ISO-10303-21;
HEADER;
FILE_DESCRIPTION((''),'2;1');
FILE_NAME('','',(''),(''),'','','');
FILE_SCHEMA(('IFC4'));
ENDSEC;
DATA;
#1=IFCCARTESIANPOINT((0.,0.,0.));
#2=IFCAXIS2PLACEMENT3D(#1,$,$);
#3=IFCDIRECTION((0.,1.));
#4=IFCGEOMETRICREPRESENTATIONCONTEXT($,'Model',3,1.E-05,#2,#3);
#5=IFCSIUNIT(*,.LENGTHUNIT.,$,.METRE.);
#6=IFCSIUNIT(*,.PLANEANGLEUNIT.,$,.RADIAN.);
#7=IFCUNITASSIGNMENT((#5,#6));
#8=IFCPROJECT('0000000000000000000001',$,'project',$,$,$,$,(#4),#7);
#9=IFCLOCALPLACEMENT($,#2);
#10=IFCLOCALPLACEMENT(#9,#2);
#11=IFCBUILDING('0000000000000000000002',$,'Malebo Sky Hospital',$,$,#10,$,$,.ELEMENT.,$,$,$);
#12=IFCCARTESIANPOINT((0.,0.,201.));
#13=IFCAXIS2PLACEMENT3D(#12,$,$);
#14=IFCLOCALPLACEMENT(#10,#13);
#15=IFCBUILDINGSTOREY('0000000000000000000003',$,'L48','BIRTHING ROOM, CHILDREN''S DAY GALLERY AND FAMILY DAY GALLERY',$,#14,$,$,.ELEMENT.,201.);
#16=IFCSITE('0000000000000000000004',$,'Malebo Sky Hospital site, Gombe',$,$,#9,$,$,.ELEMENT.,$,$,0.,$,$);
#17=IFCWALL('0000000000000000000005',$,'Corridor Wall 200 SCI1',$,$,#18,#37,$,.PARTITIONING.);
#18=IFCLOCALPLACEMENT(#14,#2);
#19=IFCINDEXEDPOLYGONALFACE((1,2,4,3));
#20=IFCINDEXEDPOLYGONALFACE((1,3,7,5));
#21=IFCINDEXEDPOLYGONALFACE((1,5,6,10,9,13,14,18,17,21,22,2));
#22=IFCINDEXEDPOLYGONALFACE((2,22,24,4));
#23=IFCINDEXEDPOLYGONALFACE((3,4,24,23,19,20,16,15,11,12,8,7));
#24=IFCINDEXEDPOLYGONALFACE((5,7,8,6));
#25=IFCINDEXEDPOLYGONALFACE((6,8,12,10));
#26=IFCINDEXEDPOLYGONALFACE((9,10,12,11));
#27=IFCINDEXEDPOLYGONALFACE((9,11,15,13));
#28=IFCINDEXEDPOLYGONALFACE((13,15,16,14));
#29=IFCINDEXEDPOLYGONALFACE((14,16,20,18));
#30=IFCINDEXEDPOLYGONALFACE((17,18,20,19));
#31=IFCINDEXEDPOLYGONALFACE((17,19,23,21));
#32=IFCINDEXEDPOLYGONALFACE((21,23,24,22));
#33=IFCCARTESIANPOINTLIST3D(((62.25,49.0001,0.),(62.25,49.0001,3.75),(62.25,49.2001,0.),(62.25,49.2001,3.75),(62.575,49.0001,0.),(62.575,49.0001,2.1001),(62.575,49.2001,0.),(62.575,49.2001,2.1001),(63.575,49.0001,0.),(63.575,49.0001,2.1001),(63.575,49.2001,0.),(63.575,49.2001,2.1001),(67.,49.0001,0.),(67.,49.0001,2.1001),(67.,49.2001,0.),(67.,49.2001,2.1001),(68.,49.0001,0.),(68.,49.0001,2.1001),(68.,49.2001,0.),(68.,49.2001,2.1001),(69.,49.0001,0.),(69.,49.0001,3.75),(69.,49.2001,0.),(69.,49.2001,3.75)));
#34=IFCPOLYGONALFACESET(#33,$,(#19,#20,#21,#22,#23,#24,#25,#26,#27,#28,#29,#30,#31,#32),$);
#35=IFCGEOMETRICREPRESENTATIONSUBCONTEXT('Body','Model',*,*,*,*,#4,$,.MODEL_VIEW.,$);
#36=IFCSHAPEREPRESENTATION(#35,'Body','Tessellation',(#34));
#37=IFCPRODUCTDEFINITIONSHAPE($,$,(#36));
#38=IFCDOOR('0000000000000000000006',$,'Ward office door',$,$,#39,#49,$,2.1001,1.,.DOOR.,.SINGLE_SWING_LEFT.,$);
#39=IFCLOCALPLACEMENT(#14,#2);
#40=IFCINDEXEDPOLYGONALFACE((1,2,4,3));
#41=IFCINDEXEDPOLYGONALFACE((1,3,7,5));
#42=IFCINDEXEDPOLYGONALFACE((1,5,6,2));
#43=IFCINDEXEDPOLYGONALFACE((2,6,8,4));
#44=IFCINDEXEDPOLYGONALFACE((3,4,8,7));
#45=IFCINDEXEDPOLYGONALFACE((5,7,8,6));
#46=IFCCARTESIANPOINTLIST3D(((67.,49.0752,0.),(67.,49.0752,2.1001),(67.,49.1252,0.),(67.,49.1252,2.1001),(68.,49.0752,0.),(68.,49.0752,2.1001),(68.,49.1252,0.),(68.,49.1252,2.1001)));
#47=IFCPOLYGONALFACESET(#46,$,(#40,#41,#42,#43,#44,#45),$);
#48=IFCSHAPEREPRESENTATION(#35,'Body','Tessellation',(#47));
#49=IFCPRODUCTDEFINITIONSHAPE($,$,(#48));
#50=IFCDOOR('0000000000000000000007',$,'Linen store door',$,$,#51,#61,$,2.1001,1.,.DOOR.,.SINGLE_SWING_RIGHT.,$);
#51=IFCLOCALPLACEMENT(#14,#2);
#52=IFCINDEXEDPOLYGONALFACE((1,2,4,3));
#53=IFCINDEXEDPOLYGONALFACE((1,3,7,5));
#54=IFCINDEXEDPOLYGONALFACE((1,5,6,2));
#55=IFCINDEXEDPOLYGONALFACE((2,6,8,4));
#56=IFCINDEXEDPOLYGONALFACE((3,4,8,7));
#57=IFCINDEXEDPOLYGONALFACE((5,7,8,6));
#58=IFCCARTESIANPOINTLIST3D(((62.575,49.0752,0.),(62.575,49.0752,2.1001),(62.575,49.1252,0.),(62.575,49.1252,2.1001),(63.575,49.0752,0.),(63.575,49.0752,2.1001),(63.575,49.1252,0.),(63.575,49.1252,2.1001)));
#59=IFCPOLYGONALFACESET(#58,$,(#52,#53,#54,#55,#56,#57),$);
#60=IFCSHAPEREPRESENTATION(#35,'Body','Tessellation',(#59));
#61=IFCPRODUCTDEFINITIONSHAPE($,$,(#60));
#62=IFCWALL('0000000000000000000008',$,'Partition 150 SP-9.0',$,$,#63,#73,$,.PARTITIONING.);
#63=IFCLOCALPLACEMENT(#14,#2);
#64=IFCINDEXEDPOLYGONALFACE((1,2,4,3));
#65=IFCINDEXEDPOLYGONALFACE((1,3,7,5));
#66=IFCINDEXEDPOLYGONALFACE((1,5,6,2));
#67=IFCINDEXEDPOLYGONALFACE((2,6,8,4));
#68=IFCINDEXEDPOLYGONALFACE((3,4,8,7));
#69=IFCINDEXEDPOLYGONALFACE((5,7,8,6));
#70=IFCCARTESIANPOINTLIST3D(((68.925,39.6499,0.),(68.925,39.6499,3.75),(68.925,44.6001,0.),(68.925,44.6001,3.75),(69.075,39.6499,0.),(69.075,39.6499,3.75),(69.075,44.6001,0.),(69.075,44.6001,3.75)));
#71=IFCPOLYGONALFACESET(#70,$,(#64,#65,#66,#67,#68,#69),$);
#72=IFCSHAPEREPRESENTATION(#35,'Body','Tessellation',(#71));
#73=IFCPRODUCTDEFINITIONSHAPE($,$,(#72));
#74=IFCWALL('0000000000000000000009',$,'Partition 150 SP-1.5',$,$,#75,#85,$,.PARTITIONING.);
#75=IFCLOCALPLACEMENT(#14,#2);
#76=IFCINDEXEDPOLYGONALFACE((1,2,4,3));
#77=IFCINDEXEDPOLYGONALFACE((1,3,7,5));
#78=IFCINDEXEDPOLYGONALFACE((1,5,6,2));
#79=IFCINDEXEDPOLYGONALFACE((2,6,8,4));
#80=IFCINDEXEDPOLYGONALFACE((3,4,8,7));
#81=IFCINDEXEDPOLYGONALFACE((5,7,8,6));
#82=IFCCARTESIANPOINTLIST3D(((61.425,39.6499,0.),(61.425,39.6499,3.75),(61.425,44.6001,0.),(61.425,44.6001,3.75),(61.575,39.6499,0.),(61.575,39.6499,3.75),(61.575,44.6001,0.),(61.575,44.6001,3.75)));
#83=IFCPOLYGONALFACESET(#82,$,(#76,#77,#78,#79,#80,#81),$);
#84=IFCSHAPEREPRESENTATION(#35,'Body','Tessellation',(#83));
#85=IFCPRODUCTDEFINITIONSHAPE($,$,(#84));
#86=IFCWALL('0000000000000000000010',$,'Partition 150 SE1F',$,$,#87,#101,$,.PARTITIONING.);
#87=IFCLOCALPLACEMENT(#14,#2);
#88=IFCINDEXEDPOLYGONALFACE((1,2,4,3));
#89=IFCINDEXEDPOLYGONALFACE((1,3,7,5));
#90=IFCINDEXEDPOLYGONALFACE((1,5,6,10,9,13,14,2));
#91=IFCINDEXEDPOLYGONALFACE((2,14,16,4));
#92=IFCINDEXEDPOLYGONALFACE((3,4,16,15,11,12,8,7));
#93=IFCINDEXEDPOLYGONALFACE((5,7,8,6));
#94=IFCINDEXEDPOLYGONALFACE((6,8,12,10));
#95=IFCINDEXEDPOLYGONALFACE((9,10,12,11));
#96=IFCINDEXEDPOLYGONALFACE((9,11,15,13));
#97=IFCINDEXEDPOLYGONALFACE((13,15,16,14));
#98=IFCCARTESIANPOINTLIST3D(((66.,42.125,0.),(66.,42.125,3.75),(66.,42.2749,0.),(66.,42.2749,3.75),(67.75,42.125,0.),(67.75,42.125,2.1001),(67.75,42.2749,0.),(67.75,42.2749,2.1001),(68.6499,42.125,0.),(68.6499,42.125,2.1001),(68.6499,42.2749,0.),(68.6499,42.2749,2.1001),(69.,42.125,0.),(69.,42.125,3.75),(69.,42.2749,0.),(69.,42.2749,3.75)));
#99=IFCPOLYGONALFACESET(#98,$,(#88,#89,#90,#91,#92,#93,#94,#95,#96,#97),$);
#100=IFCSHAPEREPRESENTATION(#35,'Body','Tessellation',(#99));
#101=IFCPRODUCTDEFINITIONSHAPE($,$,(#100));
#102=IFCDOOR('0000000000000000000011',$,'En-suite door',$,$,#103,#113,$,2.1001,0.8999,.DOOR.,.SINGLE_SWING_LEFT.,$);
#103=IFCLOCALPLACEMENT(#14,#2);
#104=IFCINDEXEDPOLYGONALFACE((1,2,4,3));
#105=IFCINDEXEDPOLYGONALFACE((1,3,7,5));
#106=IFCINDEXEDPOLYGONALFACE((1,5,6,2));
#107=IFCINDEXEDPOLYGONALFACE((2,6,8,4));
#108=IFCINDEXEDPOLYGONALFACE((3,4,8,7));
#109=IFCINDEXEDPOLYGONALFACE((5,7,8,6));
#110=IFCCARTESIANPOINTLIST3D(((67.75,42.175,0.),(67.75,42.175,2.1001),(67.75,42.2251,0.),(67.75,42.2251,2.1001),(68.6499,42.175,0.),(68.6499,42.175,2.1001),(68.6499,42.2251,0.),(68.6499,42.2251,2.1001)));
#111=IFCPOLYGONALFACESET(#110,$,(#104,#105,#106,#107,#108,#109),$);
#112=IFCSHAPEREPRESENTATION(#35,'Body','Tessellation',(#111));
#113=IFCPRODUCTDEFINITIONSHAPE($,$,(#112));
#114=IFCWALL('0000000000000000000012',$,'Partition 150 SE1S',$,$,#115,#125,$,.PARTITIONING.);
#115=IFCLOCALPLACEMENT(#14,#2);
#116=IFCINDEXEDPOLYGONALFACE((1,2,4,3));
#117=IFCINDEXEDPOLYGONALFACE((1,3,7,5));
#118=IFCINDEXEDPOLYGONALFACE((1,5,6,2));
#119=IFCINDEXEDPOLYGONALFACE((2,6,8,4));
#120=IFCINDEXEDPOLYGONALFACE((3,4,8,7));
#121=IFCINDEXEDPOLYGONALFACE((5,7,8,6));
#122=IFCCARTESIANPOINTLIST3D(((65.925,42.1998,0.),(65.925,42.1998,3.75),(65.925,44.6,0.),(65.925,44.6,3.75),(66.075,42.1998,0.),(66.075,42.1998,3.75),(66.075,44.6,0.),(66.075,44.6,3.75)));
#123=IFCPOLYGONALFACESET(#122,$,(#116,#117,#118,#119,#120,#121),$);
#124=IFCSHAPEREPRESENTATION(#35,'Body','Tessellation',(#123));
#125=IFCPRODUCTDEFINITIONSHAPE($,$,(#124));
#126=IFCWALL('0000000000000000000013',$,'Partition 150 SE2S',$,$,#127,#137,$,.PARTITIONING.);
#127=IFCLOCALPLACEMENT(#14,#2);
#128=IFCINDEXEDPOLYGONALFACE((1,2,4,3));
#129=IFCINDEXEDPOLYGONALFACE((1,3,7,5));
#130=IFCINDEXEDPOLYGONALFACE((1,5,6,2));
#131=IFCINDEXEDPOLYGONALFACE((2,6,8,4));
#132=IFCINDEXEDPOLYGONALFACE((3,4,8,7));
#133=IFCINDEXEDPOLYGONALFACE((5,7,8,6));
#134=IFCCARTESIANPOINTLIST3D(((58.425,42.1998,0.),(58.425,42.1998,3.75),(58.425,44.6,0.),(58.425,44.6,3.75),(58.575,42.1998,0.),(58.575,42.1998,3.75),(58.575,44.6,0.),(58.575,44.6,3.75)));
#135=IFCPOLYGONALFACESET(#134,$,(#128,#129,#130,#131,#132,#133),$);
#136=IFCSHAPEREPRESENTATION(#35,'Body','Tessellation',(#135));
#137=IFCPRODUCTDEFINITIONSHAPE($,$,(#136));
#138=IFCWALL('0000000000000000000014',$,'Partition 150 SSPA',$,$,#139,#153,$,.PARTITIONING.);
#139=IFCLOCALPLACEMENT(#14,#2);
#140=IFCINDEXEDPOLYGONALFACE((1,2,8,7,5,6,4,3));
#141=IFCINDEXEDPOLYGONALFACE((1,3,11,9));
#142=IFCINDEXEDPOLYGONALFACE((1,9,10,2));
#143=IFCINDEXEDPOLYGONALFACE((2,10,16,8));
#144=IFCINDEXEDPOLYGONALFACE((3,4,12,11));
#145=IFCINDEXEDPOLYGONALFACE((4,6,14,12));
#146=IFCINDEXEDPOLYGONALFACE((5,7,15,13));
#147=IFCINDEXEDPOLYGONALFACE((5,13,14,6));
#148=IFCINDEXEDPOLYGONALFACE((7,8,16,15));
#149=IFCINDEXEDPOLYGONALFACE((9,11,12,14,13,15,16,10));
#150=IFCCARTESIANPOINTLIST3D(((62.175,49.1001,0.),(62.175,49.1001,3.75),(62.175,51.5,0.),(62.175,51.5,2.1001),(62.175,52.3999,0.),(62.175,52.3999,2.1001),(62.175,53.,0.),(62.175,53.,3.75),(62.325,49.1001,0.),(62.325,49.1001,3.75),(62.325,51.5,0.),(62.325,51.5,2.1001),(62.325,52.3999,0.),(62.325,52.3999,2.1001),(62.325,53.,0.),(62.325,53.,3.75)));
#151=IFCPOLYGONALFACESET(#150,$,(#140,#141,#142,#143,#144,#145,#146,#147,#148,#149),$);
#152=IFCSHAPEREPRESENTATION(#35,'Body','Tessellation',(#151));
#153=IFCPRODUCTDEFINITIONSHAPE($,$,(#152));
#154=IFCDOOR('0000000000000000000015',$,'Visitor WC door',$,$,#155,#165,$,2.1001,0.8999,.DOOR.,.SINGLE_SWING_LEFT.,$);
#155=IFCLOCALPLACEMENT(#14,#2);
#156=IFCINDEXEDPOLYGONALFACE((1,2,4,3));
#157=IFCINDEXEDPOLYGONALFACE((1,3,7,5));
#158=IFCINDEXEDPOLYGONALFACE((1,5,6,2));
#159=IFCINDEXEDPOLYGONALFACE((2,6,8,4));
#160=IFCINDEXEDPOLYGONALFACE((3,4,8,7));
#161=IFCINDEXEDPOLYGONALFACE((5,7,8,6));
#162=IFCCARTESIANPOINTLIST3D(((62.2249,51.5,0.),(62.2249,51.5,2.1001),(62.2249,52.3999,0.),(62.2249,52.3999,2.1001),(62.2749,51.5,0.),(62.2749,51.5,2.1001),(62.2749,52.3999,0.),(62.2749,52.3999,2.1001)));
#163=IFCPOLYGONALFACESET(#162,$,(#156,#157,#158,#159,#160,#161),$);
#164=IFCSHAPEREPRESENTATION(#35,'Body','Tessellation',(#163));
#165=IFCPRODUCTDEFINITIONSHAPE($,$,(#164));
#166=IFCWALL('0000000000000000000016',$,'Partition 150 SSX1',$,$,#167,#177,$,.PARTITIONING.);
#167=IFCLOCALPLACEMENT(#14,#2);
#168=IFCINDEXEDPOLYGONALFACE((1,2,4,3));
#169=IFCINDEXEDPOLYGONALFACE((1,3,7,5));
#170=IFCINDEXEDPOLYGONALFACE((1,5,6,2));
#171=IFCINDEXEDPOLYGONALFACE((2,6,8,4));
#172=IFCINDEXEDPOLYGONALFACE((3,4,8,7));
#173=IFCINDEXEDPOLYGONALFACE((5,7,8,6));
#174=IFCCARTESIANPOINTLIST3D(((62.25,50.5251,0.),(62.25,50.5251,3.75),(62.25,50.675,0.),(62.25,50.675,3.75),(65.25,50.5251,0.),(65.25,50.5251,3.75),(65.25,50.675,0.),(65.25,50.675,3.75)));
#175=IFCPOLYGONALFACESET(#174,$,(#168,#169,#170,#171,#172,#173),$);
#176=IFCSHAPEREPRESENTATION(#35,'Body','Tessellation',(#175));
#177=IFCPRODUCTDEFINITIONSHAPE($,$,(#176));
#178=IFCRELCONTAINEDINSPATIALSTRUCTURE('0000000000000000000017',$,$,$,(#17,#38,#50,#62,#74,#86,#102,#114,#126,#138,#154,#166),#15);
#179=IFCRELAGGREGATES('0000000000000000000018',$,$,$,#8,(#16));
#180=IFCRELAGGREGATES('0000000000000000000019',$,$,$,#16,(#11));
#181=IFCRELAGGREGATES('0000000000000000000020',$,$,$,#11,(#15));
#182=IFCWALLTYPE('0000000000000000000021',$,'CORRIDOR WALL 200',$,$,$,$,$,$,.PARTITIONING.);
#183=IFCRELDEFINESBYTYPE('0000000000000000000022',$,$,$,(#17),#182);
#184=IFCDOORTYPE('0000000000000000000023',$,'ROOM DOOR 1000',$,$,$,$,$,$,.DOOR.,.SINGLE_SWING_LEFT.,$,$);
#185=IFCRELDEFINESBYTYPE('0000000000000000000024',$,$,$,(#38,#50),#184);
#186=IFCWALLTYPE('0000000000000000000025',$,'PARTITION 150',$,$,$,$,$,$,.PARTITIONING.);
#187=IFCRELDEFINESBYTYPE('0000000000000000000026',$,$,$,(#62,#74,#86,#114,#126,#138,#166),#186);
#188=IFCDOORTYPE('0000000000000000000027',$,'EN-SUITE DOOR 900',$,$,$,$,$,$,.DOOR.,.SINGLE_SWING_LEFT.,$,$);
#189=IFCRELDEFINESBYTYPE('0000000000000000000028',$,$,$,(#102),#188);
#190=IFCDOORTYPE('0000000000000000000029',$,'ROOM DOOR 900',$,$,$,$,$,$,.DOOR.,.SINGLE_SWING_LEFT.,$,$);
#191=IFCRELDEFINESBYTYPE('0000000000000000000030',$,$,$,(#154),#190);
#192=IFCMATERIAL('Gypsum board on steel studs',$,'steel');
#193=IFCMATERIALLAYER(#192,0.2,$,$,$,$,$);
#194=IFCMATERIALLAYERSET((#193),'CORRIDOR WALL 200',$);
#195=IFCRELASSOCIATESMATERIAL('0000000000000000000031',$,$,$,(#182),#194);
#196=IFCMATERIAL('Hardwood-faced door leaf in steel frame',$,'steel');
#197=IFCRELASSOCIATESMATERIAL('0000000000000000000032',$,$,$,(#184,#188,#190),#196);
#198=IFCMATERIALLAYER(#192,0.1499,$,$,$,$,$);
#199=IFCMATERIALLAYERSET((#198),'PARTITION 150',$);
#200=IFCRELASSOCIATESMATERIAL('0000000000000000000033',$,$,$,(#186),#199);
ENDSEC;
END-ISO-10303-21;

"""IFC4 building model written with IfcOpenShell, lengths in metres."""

from ifc_helpers import new_model, si_unit, direction, frame, frame_2d, origin, place, context, subcontext, project, spatial, rectangle, extrude, material, layer, layer_set, type_object, element, fill, save


model = new_model("IFC4")

# Units and contexts
model_context = context("Model", 3, precision=1e-05, world=origin(), true_north=direction((0.0, 1.0)))
body_context = subcontext(model_context, "Body", "Model", "MODEL_VIEW")
ifc_project = project(units=[si_unit("LENGTHUNIT", "METRE"), si_unit("PLANEANGLEUNIT", "RADIAN")], contexts=[model_context])

# Site, building, storey
site_placement = place(None, origin())
site = spatial("IfcSite", under=ifc_project, at=site_placement, Name="Malebo Sky Hospital site, Gombe", CompositionType="ELEMENT", RefElevation=0.0)
building_placement = place(site_placement, origin())
building = spatial("IfcBuilding", under=site, at=building_placement, Name="Malebo Sky Hospital", CompositionType="ELEMENT")
storey_placement = place(building_placement, frame((0.0, 0.0, 201.0)))
storey = spatial("IfcBuildingStorey", under=building, at=storey_placement, Name="L48", Description="BIRTHING ROOM, CHILDREN'S DAY GALLERY AND FAMILY DAY GALLERY", CompositionType="ELEMENT", Elevation=201.0)

# Wall, openings, doors
ifc_material_1 = material(Name="Gypsum board on steel studs", Category="steel")
ifc_layer_1 = layer(ifc_material_1, 0.2)
ifc_layer_set_1 = layer_set([ifc_layer_1], Name="CORRIDOR WALL 200")
wall_type_1 = type_object("IfcWallType", Name="CORRIDOR WALL 200", PredefinedType="PARTITIONING", material=ifc_layer_set_1)
ifc_material_2 = material(Name="Hardwood-faced door leaf in steel frame", Category="steel")
wall_1_placement = place(storey_placement, frame((69.0, 49.1001, 0.0), z_axis=(0.0, 0.0, 1.0), x_axis=(-1.0, 0.0, 0.0)))
wall_1 = element("IfcWall", 1, at=wall_1_placement, inside=storey, type_object=wall_type_1, Name="Corridor Wall 200 SCI1", PredefinedType="PARTITIONING", context=body_context, shape_type="SweptSolid", body=[
    extrude(rectangle(XDim=6.75, YDim=0.2, at=frame_2d((3.375, 0.0))), origin(), (0.0, 0.0, 1.0), 3.75),
])
opening_1_placement = place(wall_1_placement, frame((1.0, 0.0, 0.0)))
opening_1 = element("IfcOpeningElement", 2, at=opening_1_placement, cuts=wall_1, PredefinedType="OPENING", context=body_context, shape_type="SweptSolid", body=[
    extrude(rectangle(XDim=1.0, YDim=2.1001, at=frame_2d((0.5, 1.05))), frame((0.0, 0.1099, 0.0), z_axis=(0.0, -1.0, 0.0), x_axis=(1.0, 0.0, 0.0)), (0.0, 0.0, 1.0), 0.22),
])
opening_2_placement = place(wall_1_placement, frame((5.425, 0.0, 0.0)))
opening_2 = element("IfcOpeningElement", 3, at=opening_2_placement, cuts=wall_1, PredefinedType="OPENING", context=body_context, shape_type="SweptSolid", body=[
    extrude(rectangle(XDim=1.0, YDim=2.1001, at=frame_2d((0.5, 1.05))), frame((0.0, 0.1099, 0.0), z_axis=(0.0, -1.0, 0.0), x_axis=(1.0, 0.0, 0.0)), (0.0, 0.0, 1.0), 0.22),
])
door_type_1 = type_object("IfcDoorType", Name="ROOM DOOR 1000", OperationType="SINGLE_SWING_LEFT", PredefinedType="DOOR", material=ifc_material_2)
door_1_placement = place(opening_1_placement, origin())
door_1 = element("IfcDoor", 4, at=door_1_placement, inside=storey, type_object=door_type_1, Name="Ward office door", OperationType="SINGLE_SWING_LEFT", OverallHeight=2.1001, OverallWidth=1.0, PredefinedType="DOOR", context=body_context, shape_type="SweptSolid", body=[
    extrude(rectangle(XDim=1.0, YDim=2.1001, at=frame_2d((0.5, 1.05))), frame((0.0, 0.0249, 0.0), z_axis=(0.0, -1.0, 0.0), x_axis=(1.0, 0.0, 0.0)), (0.0, 0.0, 1.0), 0.05),
])
fill(opening_1, door_1)
door_2_placement = place(opening_2_placement, origin())
door_2 = element("IfcDoor", 5, at=door_2_placement, inside=storey, type_object=door_type_1, Name="Linen store door", OperationType="SINGLE_SWING_RIGHT", OverallHeight=2.1001, OverallWidth=1.0, PredefinedType="DOOR", context=body_context, shape_type="SweptSolid", body=[
    extrude(rectangle(XDim=1.0, YDim=2.1001, at=frame_2d((0.5, 1.05))), frame((0.0, 0.0249, 0.0), z_axis=(0.0, -1.0, 0.0), x_axis=(1.0, 0.0, 0.0)), (0.0, 0.0, 1.0), 0.05),
])
fill(opening_2, door_2)

# Walls
ifc_layer_2 = layer(ifc_material_1, 0.1499)
ifc_layer_set_2 = layer_set([ifc_layer_2], Name="PARTITION 150")
wall_type_2 = type_object("IfcWallType", Name="PARTITION 150", PredefinedType="PARTITIONING", material=ifc_layer_set_2)
for number, where, z_axis, x_axis, name in (
    (6, (69.0, 44.6001, 0.0), (0.0, 0.0, 1.0), (0.0, -1.0, 0.0), "Partition 150 SP-9.0"),
    (7, (61.5, 44.6001, 0.0), (0.0, 0.0, 1.0), (0.0, -1.0, 0.0), "Partition 150 SP-1.5"),
):
    element("IfcWall", number, at=place(storey_placement, frame(where, z_axis=z_axis, x_axis=x_axis)), inside=storey, type_object=wall_type_2, Name=name, PredefinedType="PARTITIONING", context=body_context, shape_type="SweptSolid", body=[
        extrude(rectangle(XDim=4.9502, YDim=0.1499, at=frame_2d((2.4751, 0.0))), origin(), (0.0, 0.0, 1.0), 3.75),
    ])

# Wall, opening, door
wall_2_placement = place(storey_placement, frame((69.0, 42.2, 0.0), z_axis=(0.0, 0.0, 1.0), x_axis=(-1.0, 0.0, 0.0)))
wall_2 = element("IfcWall", 8, at=wall_2_placement, inside=storey, type_object=wall_type_2, Name="Partition 150 SE1F", PredefinedType="PARTITIONING", context=body_context, shape_type="SweptSolid", body=[
    extrude(rectangle(XDim=3.0, YDim=0.1499, at=frame_2d((1.5, 0.0))), origin(), (0.0, 0.0, 1.0), 3.75),
])
opening_3_placement = place(wall_2_placement, frame((0.3501, 0.0, 0.0)))
opening_3 = element("IfcOpeningElement", 9, at=opening_3_placement, cuts=wall_2, PredefinedType="OPENING", context=body_context, shape_type="SweptSolid", body=[
    extrude(rectangle(XDim=0.8999, YDim=2.1001, at=frame_2d((0.45, 1.05))), frame((0.0, 0.085, 0.0), z_axis=(0.0, -1.0, 0.0), x_axis=(1.0, 0.0, 0.0)), (0.0, 0.0, 1.0), 0.1699),
])
door_type_2 = type_object("IfcDoorType", Name="EN-SUITE DOOR 900", OperationType="SINGLE_SWING_LEFT", PredefinedType="DOOR", material=ifc_material_2)
door_3_placement = place(opening_3_placement, origin())
door_3 = element("IfcDoor", 10, at=door_3_placement, inside=storey, type_object=door_type_2, Name="En-suite door", OperationType="SINGLE_SWING_LEFT", OverallHeight=2.1001, OverallWidth=0.8999, PredefinedType="DOOR", context=body_context, shape_type="SweptSolid", body=[
    extrude(rectangle(XDim=0.8999, YDim=2.1001, at=frame_2d((0.45, 1.05))), frame((0.0, 0.0249, 0.0), z_axis=(0.0, -1.0, 0.0), x_axis=(1.0, 0.0, 0.0)), (0.0, 0.0, 1.0), 0.05),
])
fill(opening_3, door_3)

# Walls
for number, where, z_axis, x_axis, name in (
    (11, (66.0, 44.6001, 0.0), (0.0, 0.0, 1.0), (0.0, -1.0, 0.0), "Partition 150 SE1S"),
    (12, (58.5, 44.6001, 0.0), (0.0, 0.0, 1.0), (0.0, -1.0, 0.0), "Partition 150 SE2S"),
):
    element("IfcWall", number, at=place(storey_placement, frame(where, z_axis=z_axis, x_axis=x_axis)), inside=storey, type_object=wall_type_2, Name=name, PredefinedType="PARTITIONING", context=body_context, shape_type="SweptSolid", body=[
        extrude(rectangle(XDim=2.4001, YDim=0.1499, at=frame_2d((1.2002, 0.0))), origin(), (0.0, 0.0, 1.0), 3.75),
    ])

# Wall, opening, door
wall_3_placement = place(storey_placement, frame((62.25, 53.0, 0.0), z_axis=(0.0, 0.0, 1.0), x_axis=(0.0, -1.0, 0.0)))
wall_3 = element("IfcWall", 13, at=wall_3_placement, inside=storey, type_object=wall_type_2, Name="Partition 150 SSPA", PredefinedType="PARTITIONING", context=body_context, shape_type="SweptSolid", body=[
    extrude(rectangle(XDim=3.8999, YDim=0.1499, at=frame_2d((1.95, 0.0))), origin(), (0.0, 0.0, 1.0), 3.75),
])
opening_4_placement = place(wall_3_placement, frame((0.6001, 0.0, 0.0)))
opening_4 = element("IfcOpeningElement", 14, at=opening_4_placement, cuts=wall_3, PredefinedType="OPENING", context=body_context, shape_type="SweptSolid", body=[
    extrude(rectangle(XDim=0.8999, YDim=2.1001, at=frame_2d((0.45, 1.05))), frame((0.0, 0.085, 0.0), z_axis=(0.0, -1.0, 0.0), x_axis=(1.0, 0.0, 0.0)), (0.0, 0.0, 1.0), 0.1699),
])
door_type_3 = type_object("IfcDoorType", Name="ROOM DOOR 900", OperationType="SINGLE_SWING_LEFT", PredefinedType="DOOR", material=ifc_material_2)
door_4_placement = place(opening_4_placement, origin())
door_4 = element("IfcDoor", 15, at=door_4_placement, inside=storey, type_object=door_type_3, Name="Visitor WC door", OperationType="SINGLE_SWING_LEFT", OverallHeight=2.1001, OverallWidth=0.8999, PredefinedType="DOOR", context=body_context, shape_type="SweptSolid", body=[
    extrude(rectangle(XDim=0.8999, YDim=2.1001, at=frame_2d((0.45, 1.05))), frame((0.0, 0.0249, 0.0), z_axis=(0.0, -1.0, 0.0), x_axis=(1.0, 0.0, 0.0)), (0.0, 0.0, 1.0), 0.05),
])
fill(opening_4, door_4)

# Wall
wall_4_placement = place(storey_placement, frame((65.25, 50.6001, 0.0), z_axis=(0.0, 0.0, 1.0), x_axis=(-1.0, 0.0, 0.0)))
element("IfcWall", 16, at=wall_4_placement, inside=storey, type_object=wall_type_2, Name="Partition 150 SSX1", PredefinedType="PARTITIONING", context=body_context, shape_type="SweptSolid", body=[
    extrude(rectangle(XDim=3.0, YDim=0.1499, at=frame_2d((1.5, 0.0))), origin(), (0.0, 0.0, 1.0), 3.75),
])

save(model, "model.ifc")
